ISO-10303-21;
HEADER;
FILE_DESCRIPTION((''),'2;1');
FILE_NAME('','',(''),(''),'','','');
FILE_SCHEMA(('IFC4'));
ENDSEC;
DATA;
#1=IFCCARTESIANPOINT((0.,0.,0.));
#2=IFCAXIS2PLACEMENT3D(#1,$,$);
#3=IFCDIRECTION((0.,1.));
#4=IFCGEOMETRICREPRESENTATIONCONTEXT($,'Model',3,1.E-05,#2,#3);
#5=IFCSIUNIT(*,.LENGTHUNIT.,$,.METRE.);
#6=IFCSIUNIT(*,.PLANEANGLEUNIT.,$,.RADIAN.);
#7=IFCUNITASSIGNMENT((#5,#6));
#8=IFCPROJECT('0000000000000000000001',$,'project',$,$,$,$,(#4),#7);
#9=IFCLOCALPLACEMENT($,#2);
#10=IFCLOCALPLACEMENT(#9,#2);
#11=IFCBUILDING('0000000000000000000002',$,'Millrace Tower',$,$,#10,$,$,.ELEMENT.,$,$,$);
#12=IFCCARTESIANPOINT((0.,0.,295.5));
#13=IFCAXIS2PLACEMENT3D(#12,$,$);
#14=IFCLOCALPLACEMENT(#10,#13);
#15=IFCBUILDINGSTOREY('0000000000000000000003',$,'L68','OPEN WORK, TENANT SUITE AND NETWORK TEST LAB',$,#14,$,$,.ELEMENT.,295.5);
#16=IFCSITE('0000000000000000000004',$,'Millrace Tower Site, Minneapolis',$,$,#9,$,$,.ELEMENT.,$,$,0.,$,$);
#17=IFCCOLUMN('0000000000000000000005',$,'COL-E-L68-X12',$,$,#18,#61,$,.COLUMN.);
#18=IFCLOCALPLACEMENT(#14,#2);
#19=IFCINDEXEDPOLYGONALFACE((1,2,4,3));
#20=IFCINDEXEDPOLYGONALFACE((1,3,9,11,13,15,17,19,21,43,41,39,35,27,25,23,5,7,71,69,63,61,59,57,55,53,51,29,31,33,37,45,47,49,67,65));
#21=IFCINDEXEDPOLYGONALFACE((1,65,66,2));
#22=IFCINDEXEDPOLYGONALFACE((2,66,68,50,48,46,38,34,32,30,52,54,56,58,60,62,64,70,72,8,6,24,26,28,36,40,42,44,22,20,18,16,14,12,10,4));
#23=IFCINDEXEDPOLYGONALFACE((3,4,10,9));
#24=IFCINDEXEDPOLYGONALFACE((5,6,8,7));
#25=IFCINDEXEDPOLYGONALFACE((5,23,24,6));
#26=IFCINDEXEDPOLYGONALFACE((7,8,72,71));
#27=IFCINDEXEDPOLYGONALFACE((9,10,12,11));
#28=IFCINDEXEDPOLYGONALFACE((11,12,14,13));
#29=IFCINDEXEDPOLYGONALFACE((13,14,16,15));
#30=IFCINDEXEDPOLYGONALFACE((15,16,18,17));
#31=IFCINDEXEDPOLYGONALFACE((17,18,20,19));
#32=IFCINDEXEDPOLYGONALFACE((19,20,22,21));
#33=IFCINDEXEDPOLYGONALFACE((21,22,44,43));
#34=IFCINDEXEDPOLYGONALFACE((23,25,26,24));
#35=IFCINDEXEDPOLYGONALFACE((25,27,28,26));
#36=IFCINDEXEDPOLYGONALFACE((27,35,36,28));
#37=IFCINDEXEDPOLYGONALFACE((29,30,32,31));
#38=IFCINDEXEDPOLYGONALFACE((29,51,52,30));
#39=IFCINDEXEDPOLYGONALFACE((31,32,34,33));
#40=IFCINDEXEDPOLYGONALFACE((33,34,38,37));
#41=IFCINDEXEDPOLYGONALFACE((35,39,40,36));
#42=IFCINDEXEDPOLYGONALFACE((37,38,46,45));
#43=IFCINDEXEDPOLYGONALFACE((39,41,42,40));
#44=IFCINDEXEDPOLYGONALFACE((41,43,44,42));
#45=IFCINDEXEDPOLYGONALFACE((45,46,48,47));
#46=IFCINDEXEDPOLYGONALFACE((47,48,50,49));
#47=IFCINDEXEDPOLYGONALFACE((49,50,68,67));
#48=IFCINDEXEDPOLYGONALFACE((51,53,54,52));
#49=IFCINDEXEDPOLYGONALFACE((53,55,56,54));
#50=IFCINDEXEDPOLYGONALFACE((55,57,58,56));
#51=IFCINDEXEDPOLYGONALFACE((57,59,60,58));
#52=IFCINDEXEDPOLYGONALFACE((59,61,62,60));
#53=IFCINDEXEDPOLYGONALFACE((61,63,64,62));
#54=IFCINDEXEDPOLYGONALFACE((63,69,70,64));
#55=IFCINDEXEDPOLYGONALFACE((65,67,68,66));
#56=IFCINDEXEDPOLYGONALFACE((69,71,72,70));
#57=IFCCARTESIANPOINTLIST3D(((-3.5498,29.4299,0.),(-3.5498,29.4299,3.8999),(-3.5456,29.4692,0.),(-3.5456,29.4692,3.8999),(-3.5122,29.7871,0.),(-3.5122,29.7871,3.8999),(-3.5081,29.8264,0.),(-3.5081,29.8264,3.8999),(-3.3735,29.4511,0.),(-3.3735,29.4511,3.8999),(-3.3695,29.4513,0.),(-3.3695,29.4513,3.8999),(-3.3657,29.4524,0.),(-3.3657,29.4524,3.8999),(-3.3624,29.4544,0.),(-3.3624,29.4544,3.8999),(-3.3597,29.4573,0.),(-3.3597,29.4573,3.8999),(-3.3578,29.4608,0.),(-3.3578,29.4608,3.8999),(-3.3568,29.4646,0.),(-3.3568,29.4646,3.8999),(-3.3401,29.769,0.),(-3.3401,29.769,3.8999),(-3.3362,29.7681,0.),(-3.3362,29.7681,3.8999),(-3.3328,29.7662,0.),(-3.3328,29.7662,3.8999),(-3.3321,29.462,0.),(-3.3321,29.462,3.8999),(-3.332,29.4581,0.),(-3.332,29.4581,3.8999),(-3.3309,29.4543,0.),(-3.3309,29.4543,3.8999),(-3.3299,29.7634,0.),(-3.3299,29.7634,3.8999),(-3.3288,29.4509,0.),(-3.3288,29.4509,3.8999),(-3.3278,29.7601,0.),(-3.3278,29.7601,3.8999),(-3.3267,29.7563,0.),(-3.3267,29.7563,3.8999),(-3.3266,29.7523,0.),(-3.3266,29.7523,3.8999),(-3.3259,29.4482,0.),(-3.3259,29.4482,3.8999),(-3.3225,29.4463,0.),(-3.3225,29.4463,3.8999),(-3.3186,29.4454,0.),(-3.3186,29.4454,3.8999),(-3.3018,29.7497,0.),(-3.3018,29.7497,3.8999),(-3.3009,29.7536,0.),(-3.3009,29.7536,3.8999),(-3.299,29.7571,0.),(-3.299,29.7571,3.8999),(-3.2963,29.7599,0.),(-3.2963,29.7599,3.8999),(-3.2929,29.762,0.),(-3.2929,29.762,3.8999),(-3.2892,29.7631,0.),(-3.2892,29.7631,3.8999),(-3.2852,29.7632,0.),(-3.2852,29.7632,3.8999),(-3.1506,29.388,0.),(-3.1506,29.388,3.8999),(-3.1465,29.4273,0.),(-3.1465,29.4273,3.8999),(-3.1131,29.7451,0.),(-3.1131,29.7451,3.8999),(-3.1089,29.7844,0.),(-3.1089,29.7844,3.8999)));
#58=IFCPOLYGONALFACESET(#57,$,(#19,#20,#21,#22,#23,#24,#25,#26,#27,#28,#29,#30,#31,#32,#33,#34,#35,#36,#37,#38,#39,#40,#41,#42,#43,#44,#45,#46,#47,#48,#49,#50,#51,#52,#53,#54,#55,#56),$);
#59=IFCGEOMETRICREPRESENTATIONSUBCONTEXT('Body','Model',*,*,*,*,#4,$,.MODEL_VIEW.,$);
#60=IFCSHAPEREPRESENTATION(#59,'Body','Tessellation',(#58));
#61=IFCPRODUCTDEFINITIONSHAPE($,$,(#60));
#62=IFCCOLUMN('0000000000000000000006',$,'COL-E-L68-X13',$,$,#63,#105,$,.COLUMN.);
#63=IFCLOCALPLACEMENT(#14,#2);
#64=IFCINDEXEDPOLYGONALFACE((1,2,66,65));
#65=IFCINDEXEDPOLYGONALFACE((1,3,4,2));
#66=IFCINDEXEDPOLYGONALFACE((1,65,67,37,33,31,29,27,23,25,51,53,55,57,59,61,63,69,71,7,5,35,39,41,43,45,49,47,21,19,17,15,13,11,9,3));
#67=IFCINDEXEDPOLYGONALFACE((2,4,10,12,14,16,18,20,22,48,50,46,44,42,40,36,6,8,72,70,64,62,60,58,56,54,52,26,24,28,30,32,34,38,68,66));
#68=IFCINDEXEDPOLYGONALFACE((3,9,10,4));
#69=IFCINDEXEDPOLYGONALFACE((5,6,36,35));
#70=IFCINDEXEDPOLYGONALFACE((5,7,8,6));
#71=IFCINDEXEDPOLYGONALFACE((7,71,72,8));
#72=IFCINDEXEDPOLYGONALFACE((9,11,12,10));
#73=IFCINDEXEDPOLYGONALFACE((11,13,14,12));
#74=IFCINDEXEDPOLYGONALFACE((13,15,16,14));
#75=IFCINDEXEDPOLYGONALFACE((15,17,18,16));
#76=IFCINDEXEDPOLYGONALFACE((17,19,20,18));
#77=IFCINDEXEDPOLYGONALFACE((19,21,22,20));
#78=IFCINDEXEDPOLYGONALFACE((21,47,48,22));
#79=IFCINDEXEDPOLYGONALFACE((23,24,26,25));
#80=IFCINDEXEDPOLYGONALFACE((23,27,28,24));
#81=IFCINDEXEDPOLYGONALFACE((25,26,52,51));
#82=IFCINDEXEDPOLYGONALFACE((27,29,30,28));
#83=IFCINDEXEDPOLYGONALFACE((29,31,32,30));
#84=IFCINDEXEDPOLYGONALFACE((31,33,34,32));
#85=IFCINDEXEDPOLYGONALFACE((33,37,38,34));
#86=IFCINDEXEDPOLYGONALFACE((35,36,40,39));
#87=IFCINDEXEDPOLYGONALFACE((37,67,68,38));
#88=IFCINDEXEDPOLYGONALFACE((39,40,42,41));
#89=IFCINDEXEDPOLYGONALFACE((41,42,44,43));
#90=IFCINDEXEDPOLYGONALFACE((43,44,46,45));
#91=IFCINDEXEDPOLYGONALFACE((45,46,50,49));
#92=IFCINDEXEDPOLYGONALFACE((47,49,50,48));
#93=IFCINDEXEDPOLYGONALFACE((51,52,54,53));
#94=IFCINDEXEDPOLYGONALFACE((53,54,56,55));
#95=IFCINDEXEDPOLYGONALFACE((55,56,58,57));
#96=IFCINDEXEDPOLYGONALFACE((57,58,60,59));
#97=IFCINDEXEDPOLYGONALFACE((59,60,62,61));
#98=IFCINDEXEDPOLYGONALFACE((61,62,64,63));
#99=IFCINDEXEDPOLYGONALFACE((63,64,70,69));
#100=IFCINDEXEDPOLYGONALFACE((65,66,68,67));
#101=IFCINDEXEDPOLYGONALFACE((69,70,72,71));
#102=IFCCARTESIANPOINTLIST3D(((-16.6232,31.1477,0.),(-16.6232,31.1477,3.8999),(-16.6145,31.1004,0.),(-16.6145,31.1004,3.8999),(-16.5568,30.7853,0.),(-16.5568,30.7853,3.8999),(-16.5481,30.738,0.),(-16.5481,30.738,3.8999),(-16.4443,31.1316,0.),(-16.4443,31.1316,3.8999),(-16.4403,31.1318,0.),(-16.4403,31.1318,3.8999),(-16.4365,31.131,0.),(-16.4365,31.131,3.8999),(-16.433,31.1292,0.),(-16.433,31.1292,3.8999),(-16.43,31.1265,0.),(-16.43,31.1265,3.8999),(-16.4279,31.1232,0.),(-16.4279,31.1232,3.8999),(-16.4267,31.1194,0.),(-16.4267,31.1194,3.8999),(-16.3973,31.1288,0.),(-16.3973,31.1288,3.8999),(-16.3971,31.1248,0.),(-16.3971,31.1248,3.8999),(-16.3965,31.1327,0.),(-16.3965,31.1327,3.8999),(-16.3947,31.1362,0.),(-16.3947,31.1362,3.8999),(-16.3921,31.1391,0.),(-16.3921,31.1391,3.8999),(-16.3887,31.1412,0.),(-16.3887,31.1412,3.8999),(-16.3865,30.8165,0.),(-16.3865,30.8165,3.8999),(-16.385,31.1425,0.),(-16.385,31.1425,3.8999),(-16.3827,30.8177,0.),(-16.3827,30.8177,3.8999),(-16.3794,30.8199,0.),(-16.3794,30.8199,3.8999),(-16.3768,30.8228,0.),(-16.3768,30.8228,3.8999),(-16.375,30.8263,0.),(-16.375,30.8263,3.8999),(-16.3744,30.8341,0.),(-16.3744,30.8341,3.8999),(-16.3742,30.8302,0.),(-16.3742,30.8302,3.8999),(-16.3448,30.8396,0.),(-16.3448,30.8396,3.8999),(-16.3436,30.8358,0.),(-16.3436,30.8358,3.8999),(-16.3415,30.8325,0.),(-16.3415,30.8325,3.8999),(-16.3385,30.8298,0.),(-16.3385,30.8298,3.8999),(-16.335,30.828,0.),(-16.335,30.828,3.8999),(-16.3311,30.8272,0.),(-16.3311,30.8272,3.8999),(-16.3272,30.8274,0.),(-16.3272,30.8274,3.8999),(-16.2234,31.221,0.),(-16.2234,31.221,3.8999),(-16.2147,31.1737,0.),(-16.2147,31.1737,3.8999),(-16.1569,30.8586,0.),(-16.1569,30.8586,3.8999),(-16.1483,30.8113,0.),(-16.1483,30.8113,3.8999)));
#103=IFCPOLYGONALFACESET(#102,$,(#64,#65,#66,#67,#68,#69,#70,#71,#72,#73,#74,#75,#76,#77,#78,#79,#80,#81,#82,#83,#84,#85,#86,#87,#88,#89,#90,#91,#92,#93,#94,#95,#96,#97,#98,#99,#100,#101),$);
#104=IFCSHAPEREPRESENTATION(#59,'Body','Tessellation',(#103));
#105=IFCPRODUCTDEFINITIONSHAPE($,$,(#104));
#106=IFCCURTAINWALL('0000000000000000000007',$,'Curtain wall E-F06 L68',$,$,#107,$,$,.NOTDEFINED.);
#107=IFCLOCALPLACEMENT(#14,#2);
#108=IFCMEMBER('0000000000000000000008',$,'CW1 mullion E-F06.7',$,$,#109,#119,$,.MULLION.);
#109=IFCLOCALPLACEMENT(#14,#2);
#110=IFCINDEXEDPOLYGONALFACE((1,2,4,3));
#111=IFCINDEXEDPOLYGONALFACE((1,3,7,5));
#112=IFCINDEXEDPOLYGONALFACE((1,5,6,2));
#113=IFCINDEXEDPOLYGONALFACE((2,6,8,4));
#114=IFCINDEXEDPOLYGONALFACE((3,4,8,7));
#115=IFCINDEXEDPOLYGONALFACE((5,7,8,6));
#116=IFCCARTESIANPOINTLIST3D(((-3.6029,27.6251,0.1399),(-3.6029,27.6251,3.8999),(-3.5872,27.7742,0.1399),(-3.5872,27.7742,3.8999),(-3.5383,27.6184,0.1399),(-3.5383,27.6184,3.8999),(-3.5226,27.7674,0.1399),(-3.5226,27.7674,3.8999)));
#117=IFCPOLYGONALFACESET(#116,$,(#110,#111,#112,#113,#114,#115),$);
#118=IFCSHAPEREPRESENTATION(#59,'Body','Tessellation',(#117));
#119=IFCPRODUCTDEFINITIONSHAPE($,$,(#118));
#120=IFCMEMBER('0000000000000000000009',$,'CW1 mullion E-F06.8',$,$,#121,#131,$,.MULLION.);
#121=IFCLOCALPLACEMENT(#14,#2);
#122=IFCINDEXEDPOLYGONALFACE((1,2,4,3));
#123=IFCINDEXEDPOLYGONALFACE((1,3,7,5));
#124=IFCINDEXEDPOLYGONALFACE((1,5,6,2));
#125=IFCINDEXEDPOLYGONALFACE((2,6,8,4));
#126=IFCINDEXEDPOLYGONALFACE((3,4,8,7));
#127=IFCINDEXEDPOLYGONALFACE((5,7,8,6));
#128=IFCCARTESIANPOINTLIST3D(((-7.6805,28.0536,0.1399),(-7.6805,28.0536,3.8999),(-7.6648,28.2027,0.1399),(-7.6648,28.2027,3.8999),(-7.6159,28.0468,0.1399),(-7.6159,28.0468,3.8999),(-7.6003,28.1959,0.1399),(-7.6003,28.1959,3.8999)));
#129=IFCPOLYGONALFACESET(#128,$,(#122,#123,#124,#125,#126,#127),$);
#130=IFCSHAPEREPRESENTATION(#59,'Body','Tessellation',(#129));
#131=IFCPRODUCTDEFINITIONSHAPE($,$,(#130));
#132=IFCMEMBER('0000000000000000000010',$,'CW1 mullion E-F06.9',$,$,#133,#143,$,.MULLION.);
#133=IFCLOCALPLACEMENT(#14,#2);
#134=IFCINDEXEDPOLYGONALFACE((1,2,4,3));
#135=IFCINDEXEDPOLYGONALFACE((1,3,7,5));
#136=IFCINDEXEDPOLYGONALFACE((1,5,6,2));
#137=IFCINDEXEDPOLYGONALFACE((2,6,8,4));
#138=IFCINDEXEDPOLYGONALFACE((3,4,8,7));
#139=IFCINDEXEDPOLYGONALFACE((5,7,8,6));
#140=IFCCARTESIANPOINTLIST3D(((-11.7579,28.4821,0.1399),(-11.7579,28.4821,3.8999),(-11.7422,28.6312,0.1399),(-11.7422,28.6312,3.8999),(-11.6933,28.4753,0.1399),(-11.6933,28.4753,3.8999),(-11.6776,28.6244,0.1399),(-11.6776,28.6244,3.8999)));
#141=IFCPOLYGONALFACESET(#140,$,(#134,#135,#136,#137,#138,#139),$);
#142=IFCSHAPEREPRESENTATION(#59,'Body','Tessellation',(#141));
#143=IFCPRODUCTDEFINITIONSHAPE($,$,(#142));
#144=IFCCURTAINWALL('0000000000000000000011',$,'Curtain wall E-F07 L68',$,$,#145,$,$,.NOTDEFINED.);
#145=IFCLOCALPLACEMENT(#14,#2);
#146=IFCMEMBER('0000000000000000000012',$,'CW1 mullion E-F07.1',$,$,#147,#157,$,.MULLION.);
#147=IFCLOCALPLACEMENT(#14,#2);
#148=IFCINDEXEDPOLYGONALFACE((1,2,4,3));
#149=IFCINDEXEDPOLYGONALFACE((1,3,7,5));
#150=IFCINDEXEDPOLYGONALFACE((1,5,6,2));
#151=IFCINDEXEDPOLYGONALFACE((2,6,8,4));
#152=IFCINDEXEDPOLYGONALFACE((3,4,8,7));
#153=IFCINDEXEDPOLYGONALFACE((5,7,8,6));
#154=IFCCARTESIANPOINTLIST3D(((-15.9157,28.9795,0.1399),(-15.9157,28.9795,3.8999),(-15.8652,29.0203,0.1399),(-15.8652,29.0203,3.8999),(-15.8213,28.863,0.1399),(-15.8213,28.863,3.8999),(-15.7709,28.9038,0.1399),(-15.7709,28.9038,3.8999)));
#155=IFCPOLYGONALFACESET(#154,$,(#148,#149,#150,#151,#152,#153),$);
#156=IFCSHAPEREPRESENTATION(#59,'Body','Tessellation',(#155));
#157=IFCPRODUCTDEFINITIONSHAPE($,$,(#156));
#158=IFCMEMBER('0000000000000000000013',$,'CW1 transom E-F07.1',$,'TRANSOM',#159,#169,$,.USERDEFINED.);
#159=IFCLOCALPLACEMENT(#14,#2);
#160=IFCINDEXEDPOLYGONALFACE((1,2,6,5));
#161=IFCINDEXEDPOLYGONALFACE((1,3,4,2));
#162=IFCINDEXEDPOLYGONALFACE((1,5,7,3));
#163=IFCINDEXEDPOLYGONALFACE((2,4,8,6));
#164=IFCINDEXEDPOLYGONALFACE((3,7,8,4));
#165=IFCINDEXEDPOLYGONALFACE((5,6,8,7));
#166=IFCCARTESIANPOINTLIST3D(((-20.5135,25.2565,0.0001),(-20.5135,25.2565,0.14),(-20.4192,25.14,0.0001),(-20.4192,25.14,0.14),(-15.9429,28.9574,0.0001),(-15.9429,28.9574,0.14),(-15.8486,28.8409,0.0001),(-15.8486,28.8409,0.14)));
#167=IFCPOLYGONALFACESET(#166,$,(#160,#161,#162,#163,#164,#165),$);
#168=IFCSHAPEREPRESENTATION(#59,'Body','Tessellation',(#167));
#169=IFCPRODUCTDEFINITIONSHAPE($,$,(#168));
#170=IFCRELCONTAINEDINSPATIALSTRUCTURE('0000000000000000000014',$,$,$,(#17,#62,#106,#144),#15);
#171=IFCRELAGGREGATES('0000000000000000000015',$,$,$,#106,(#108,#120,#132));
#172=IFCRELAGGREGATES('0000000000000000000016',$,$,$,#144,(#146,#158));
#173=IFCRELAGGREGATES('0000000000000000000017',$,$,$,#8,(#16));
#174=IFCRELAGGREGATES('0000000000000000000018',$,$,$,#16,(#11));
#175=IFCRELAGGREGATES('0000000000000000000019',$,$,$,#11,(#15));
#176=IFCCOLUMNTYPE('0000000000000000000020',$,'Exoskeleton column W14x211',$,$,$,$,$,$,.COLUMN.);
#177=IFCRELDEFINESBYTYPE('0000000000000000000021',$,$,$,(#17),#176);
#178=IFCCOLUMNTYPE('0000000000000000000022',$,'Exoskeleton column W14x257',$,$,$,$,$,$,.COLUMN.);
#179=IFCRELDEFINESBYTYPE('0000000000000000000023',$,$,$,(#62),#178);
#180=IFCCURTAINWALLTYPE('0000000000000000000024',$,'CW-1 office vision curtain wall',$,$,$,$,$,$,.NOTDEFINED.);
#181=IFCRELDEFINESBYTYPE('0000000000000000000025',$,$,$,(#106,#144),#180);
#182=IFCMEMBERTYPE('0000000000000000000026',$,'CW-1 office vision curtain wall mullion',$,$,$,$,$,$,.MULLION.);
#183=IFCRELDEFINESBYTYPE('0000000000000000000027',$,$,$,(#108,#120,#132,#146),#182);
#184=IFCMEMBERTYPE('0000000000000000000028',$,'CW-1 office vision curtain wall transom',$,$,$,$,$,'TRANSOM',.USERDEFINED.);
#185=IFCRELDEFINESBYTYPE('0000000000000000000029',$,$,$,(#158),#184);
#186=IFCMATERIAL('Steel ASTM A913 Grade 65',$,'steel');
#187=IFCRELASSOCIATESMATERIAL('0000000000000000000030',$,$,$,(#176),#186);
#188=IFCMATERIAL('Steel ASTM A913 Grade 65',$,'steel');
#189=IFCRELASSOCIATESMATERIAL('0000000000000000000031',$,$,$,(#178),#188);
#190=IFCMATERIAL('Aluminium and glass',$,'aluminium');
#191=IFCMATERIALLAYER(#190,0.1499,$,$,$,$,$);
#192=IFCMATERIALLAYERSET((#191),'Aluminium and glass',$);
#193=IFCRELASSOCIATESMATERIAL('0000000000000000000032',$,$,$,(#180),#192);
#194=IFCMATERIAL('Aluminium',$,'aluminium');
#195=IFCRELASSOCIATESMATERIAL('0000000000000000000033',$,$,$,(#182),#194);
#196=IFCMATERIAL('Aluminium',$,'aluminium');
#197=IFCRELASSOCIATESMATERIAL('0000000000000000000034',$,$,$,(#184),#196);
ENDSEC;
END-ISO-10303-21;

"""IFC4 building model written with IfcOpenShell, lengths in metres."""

from ifc_helpers import new_model, si_unit, direction, frame, origin, origin_2d, place, context, subcontext, project, spatial, rectangle, i_section, extrude, material, layer, layer_set, material_profile, profile_set, type_object, element, aggregate, save


model = new_model("IFC4")

# Units and contexts
model_context = context("Model", 3, precision=1e-05, world=origin(), true_north=direction((0.0, 1.0)))
body_context = subcontext(model_context, "Body", "Model", "MODEL_VIEW")
ifc_project = project(units=[si_unit("LENGTHUNIT", "METRE"), si_unit("PLANEANGLEUNIT", "RADIAN")], contexts=[model_context])

# Site, building, storey
site_placement = place(None, origin())
site = spatial("IfcSite", under=ifc_project, at=site_placement, Name="Millrace Tower Site, Minneapolis", CompositionType="ELEMENT", RefElevation=0.0)
building_placement = place(site_placement, origin())
building = spatial("IfcBuilding", under=site, at=building_placement, Name="Millrace Tower", CompositionType="ELEMENT")
storey_placement = place(building_placement, frame((0.0, 0.0, 295.5)))
storey = spatial("IfcBuildingStorey", under=building, at=storey_placement, Name="L68", Description="OPEN WORK, TENANT SUITE AND NETWORK TEST LAB", CompositionType="ELEMENT", Elevation=295.5)

# Columns
ifc_material_1 = material(Name="Steel ASTM A913 Grade 65", Category="steel")
ifc_material_profile_1 = material_profile(ifc_material_1, i_section(OverallWidth=0.4014, OverallDepth=0.3987, WebThickness=0.0249, FlangeThickness=0.0396, FilletRadius=0.0151, at=origin_2d()))
ifc_profile_set_1 = profile_set([ifc_material_profile_1], Name="Steel ASTM A913 Grade 65")
column_type_1 = type_object("IfcColumnType", Name="Exoskeleton column W14x211", PredefinedType="COLUMN", material=ifc_profile_set_1)
column_1_placement = place(storey_placement, frame((-3.3293, 29.6072, 0.0), z_axis=(0.0, 0.0, 1.0), x_axis=(-0.994522, 0.104528, 0.0)))
element("IfcColumn", 1, at=column_1_placement, inside=storey, type_object=column_type_1, Name="COL-E-L68-X12", PredefinedType="COLUMN", context=body_context, shape_type="SweptSolid", body=[
    extrude(i_section(OverallWidth=0.4014, OverallDepth=0.3987, WebThickness=0.0249, FlangeThickness=0.0396, FilletRadius=0.0151, at=origin_2d()), origin(), (0.0, 0.0, 1.0), 3.8999),
])
ifc_material_2 = material(Name="Steel ASTM A913 Grade 65", Category="steel")
ifc_material_profile_2 = material_profile(ifc_material_2, i_section(OverallWidth=0.4065, OverallDepth=0.4165, WebThickness=0.03, FlangeThickness=0.0481, FilletRadius=0.0151, at=origin_2d()))
ifc_profile_set_2 = profile_set([ifc_material_profile_2], Name="Steel ASTM A913 Grade 65")
column_type_2 = type_object("IfcColumnType", Name="Exoskeleton column W14x257", PredefinedType="COLUMN", material=ifc_profile_set_2)
column_2_placement = place(storey_placement, frame((-16.3857, 30.9795, 0.0), z_axis=(0.0, 0.0, 1.0), x_axis=(-0.983596, -0.180387, 0.0)))
element("IfcColumn", 2, at=column_2_placement, inside=storey, type_object=column_type_2, Name="COL-E-L68-X13", PredefinedType="COLUMN", context=body_context, shape_type="SweptSolid", body=[
    extrude(i_section(OverallWidth=0.4065, OverallDepth=0.4165, WebThickness=0.03, FlangeThickness=0.0481, FilletRadius=0.0151, at=origin_2d()), origin(), (0.0, 0.0, 1.0), 3.8999),
])

# Curtain walls, members
ifc_material_3 = material(Name="Aluminium and glass", Category="aluminium")
ifc_layer_1 = layer(ifc_material_3, 0.1499)
ifc_layer_set_1 = layer_set([ifc_layer_1], Name="Aluminium and glass")
curtain_wall_type = type_object("IfcCurtainWallType", Name="CW-1 office vision curtain wall", PredefinedType="NOTDEFINED", material=ifc_layer_set_1)
placement = place(storey_placement, origin())
curtain_wall_1 = element("IfcCurtainWall", 3, at=placement, inside=storey, type_object=curtain_wall_type, Name="Curtain wall E-F06 L68", PredefinedType="NOTDEFINED")
ifc_material_4 = material(Name="Aluminium", Category="aluminium")
ifc_material_profile_3 = material_profile(ifc_material_4, rectangle(XDim=0.0649, YDim=0.1499, at=origin_2d()))
ifc_profile_set_3 = profile_set([ifc_material_profile_3], Name="Aluminium")
member_type_1 = type_object("IfcMemberType", Name="CW-1 office vision curtain wall mullion", PredefinedType="MULLION", material=ifc_profile_set_3)
member_1_placement = place(storey_placement, frame((-3.5627, 27.6963, 0.1399), z_axis=(0.0, 0.0, 1.0), x_axis=(-0.994522, 0.104528, 0.0)))
member_1 = element("IfcMember", 4, at=member_1_placement, type_object=member_type_1, Name="CW1 mullion E-F06.7", PredefinedType="MULLION", context=body_context, shape_type="SweptSolid", body=[
    extrude(rectangle(XDim=0.0649, YDim=0.1499, at=origin_2d()), origin(), (0.0, 0.0, 1.0), 3.76),
])
member_2_placement = place(storey_placement, frame((-7.6404, 28.1248, 0.1399), z_axis=(0.0, 0.0, 1.0), x_axis=(-0.994522, 0.104528, 0.0)))
member_2 = element("IfcMember", 5, at=member_2_placement, type_object=member_type_1, Name="CW1 mullion E-F06.8", PredefinedType="MULLION", context=body_context, shape_type="SweptSolid", body=[
    extrude(rectangle(XDim=0.0649, YDim=0.1499, at=origin_2d()), origin(), (0.0, 0.0, 1.0), 3.76),
])
member_3_placement = place(storey_placement, frame((-11.7178, 28.5532, 0.1399), z_axis=(0.0, 0.0, 1.0), x_axis=(-0.994522, 0.104528, 0.0)))
member_3 = element("IfcMember", 6, at=member_3_placement, type_object=member_type_1, Name="CW1 mullion E-F06.9", PredefinedType="MULLION", context=body_context, shape_type="SweptSolid", body=[
    extrude(rectangle(XDim=0.0649, YDim=0.1499, at=origin_2d()), origin(), (0.0, 0.0, 1.0), 3.76),
])
aggregate(curtain_wall_1, [member_1, member_2, member_3])
curtain_wall_2 = element("IfcCurtainWall", 7, at=placement, inside=storey, type_object=curtain_wall_type, Name="Curtain wall E-F07 L68", PredefinedType="NOTDEFINED")
member_4_placement = place(storey_placement, frame((-15.8433, 28.9417, 0.1399), z_axis=(0.0, 0.0, 1.0), x_axis=(-0.777146, -0.62932, 0.0)))
member_4 = element("IfcMember", 8, at=member_4_placement, type_object=member_type_1, Name="CW1 mullion E-F07.1", PredefinedType="MULLION", context=body_context, shape_type="SweptSolid", body=[
    extrude(rectangle(XDim=0.0649, YDim=0.1499, at=origin_2d()), origin(), (0.0, 0.0, 1.0), 3.76),
])
ifc_material_5 = material(Name="Aluminium", Category="aluminium")
ifc_material_profile_4 = material_profile(ifc_material_5, rectangle(XDim=0.1499, YDim=0.1399, at=origin_2d()))
ifc_profile_set_4 = profile_set([ifc_material_profile_4], Name="Aluminium")
member_type_2 = type_object("IfcMemberType", Name="CW-1 office vision curtain wall transom", ElementType="TRANSOM", PredefinedType="USERDEFINED", material=ifc_profile_set_4)
member_5_placement = place(storey_placement, frame((-15.8958, 28.8992, 0.0701), z_axis=(-0.777166, -0.629296, 0.0), x_axis=(0.629296, -0.777166, 0.0)))
member_5 = element("IfcMember", 9, at=member_5_placement, type_object=member_type_2, Name="CW1 transom E-F07.1", ObjectType="TRANSOM", PredefinedType="USERDEFINED", context=body_context, shape_type="SweptSolid", body=[
    extrude(rectangle(XDim=0.1499, YDim=0.1399, at=origin_2d()), origin(), (0.0, 0.0, 1.0), 5.8811),
])
aggregate(curtain_wall_2, [member_4, member_5])

save(model, "model.ifc")
